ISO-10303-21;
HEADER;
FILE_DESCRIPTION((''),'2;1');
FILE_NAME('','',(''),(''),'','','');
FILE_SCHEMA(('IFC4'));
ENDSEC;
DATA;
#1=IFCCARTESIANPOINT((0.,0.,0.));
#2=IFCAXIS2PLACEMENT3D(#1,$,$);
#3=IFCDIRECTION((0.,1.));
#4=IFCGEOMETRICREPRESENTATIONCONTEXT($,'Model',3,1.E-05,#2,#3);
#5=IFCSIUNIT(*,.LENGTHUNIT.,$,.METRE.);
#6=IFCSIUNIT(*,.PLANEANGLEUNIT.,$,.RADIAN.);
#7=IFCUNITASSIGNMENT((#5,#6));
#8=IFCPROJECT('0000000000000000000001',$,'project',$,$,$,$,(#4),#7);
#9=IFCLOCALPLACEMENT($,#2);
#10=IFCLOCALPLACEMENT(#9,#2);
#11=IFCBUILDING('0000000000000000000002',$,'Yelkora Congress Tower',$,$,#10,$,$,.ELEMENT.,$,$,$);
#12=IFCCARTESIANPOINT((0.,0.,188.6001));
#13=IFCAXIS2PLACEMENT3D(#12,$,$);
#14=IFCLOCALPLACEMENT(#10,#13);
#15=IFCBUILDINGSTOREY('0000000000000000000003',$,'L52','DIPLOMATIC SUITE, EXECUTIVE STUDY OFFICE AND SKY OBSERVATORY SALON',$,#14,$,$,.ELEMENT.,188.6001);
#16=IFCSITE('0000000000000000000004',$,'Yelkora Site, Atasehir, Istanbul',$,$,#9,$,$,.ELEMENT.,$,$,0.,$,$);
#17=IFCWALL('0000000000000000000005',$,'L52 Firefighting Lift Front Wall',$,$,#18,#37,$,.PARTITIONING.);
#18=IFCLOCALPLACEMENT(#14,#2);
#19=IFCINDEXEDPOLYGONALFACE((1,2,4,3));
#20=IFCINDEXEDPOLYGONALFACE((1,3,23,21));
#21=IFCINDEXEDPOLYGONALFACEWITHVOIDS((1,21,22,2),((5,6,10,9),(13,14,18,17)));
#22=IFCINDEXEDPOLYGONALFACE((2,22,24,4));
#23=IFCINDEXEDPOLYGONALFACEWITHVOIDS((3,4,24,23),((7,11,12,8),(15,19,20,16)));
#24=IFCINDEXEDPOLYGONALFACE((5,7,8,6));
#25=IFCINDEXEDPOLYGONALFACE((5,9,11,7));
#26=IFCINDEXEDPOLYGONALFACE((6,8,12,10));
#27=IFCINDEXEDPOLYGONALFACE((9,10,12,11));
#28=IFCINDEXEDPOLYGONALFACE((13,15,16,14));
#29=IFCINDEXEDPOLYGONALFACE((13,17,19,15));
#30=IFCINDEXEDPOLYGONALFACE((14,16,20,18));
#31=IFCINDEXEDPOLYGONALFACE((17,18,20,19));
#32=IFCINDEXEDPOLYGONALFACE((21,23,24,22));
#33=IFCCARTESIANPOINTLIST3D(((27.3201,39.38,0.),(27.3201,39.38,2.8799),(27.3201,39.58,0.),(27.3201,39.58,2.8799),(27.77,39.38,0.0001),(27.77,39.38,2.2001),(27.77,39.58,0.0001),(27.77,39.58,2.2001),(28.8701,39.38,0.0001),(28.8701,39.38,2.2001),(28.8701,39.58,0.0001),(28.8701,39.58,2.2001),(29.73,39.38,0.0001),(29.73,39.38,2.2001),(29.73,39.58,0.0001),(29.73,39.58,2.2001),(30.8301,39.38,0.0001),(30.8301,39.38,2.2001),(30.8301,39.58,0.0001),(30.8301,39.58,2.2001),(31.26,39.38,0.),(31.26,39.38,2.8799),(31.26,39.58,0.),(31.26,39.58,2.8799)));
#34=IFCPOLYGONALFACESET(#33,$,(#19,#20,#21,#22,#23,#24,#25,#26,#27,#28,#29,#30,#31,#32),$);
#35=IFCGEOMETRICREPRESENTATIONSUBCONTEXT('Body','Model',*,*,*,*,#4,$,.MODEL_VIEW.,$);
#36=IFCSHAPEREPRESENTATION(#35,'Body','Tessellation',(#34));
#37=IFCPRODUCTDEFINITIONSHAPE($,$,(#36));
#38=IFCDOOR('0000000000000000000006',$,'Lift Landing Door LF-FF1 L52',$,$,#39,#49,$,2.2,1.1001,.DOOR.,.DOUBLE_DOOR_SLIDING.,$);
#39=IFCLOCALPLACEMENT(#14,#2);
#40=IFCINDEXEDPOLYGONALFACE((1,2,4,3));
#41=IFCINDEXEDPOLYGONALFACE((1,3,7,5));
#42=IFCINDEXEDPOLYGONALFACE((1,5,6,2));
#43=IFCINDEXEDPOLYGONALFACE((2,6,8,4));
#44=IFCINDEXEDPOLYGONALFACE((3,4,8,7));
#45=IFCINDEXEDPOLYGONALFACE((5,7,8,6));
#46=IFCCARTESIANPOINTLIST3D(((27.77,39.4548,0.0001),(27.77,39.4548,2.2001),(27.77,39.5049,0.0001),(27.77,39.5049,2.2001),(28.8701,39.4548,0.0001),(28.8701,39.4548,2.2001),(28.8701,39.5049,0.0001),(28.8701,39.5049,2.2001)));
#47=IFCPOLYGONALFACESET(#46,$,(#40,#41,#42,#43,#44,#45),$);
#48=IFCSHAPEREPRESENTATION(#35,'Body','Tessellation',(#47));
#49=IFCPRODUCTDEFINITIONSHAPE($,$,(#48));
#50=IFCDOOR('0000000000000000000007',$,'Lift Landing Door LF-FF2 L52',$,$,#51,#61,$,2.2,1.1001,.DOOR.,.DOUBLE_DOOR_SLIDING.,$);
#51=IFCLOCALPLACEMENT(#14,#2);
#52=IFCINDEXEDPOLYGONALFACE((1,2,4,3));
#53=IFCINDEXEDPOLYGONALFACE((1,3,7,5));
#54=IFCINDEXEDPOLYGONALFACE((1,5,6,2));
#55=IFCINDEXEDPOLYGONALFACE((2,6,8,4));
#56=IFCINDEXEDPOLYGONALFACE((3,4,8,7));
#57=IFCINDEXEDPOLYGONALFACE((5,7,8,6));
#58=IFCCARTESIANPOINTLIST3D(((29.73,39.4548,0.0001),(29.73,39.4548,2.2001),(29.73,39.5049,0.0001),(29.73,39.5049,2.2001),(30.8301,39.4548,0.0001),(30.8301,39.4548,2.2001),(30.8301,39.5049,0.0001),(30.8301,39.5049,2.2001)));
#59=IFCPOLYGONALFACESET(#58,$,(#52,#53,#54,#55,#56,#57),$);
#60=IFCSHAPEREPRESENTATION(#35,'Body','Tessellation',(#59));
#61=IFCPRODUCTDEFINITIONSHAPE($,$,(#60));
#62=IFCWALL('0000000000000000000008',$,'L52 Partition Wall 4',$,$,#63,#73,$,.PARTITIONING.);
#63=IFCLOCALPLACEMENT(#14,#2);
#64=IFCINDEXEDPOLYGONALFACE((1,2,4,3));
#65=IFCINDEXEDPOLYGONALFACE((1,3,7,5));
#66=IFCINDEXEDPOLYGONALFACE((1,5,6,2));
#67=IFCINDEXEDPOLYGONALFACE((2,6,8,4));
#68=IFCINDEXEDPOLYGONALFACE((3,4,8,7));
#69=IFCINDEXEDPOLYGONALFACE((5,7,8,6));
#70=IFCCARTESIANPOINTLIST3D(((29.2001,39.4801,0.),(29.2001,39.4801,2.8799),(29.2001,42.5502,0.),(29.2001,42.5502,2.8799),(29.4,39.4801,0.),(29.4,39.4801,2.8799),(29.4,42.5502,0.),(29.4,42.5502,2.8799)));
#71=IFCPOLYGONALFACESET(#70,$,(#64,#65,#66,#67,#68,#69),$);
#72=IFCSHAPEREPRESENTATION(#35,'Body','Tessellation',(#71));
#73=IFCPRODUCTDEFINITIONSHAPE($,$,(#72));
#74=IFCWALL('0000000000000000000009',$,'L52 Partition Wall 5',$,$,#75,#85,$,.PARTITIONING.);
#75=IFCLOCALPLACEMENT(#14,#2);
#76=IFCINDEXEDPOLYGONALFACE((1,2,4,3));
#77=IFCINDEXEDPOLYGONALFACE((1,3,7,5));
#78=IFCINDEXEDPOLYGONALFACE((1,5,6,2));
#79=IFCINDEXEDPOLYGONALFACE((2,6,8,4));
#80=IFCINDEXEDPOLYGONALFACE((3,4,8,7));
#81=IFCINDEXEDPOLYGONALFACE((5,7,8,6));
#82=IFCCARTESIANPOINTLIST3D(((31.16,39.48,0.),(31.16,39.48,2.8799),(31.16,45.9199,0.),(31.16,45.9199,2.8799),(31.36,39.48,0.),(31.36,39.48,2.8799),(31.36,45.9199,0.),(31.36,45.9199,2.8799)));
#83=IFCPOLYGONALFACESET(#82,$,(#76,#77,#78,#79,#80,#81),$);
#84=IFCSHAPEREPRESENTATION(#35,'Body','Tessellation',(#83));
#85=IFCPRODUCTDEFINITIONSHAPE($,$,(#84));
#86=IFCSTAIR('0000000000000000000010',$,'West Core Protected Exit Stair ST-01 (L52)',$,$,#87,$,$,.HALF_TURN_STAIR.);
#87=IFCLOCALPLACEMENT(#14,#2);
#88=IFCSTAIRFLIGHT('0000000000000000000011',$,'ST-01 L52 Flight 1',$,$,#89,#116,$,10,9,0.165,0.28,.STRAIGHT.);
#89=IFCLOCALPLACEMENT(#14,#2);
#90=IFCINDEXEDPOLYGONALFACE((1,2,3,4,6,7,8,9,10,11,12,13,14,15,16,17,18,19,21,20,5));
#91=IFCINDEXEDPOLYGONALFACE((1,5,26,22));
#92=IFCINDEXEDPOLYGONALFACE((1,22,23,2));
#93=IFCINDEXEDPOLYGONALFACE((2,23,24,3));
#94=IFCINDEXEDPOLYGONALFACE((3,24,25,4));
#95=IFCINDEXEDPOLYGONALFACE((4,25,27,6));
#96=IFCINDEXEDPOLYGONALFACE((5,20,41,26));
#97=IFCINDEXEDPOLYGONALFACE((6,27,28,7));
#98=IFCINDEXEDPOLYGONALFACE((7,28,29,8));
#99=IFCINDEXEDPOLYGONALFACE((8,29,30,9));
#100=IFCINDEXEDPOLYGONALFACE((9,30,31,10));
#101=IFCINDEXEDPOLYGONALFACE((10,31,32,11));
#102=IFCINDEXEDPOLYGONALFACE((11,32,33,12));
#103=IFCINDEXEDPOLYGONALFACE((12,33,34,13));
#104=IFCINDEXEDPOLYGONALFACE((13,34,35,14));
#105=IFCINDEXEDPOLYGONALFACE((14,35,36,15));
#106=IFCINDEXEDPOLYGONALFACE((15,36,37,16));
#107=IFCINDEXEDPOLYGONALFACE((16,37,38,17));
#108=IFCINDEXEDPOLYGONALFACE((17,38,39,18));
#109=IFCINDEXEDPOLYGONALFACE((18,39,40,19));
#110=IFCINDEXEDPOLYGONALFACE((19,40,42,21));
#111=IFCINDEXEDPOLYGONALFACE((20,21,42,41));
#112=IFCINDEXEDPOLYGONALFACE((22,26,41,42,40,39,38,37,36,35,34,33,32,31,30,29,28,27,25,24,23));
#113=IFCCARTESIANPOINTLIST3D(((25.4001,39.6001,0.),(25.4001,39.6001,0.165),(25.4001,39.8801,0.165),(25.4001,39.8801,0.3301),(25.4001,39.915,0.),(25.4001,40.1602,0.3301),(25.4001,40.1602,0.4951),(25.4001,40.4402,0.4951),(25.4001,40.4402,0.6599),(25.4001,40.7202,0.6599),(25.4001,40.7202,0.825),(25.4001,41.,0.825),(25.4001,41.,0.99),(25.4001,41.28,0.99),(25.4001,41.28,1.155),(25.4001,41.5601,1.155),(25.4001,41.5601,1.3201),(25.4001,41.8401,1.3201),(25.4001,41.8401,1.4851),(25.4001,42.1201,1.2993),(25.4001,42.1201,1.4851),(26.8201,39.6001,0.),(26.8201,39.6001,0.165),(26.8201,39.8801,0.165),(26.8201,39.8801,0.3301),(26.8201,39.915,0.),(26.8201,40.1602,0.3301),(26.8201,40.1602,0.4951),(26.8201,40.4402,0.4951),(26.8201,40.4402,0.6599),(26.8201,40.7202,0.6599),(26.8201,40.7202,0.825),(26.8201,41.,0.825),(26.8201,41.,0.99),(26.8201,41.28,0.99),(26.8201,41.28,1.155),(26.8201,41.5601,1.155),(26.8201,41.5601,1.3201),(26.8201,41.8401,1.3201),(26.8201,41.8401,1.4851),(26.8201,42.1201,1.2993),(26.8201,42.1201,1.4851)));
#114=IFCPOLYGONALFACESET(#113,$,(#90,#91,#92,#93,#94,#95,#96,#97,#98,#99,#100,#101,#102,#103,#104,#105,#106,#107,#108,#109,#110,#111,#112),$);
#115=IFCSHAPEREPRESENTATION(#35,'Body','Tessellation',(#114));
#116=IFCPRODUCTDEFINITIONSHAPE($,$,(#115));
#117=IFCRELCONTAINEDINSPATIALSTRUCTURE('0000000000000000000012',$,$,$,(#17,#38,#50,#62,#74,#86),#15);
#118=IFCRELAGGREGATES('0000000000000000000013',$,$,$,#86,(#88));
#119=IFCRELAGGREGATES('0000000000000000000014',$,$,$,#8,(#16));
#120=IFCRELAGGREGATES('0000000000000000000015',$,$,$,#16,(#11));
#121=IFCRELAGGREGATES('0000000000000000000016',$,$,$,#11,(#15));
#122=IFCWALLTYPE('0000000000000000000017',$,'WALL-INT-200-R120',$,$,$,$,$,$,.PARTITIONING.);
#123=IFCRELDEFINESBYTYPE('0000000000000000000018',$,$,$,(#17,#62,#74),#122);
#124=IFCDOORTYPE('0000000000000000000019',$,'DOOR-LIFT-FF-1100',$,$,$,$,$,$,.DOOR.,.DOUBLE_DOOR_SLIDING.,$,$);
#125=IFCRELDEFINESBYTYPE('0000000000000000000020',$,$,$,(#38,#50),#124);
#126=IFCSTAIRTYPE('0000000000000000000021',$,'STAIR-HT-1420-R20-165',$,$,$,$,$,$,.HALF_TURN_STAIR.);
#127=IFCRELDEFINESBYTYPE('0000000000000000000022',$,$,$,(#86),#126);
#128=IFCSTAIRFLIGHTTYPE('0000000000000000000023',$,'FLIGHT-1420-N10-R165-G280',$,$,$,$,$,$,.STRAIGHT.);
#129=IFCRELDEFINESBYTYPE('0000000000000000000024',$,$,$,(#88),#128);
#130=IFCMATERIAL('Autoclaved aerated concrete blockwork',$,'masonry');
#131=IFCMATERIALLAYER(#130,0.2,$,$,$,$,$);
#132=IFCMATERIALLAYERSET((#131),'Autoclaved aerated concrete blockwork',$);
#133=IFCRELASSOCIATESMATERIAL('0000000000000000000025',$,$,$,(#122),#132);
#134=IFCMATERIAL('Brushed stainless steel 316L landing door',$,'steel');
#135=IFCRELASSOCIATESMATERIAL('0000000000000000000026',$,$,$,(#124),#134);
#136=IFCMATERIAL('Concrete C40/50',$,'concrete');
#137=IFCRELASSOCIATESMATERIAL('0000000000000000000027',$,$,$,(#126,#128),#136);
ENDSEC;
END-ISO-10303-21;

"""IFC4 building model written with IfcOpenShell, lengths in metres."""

from ifc_helpers import new_model, si_unit, direction, frame, frame_2d, origin, place, context, subcontext, project, spatial, polyline, rectangle, outline, extrude, material, layer, layer_set, type_object, element, fill, aggregate, save


model = new_model("IFC4")

# Units and contexts
model_context = context("Model", 3, precision=1e-05, world=origin(), true_north=direction((0.0, 1.0)))
body_context = subcontext(model_context, "Body", "Model", "MODEL_VIEW")
ifc_project = project(units=[si_unit("LENGTHUNIT", "METRE"), si_unit("PLANEANGLEUNIT", "RADIAN")], contexts=[model_context])

# Site, building, storey
site_placement = place(None, origin())
site = spatial("IfcSite", under=ifc_project, at=site_placement, Name="Yelkora Site, Atasehir, Istanbul", CompositionType="ELEMENT", RefElevation=0.0)
building_placement = place(site_placement, origin())
building = spatial("IfcBuilding", under=site, at=building_placement, Name="Yelkora Congress Tower", CompositionType="ELEMENT")
storey_placement = place(building_placement, frame((0.0, 0.0, 188.6001)))
storey = spatial("IfcBuildingStorey", under=building, at=storey_placement, Name="L52", Description="DIPLOMATIC SUITE, EXECUTIVE STUDY OFFICE AND SKY OBSERVATORY SALON", CompositionType="ELEMENT", Elevation=188.6001)

# Shared definitions
ifc_material_1 = material(Name="Autoclaved aerated concrete blockwork", Category="masonry")
ifc_layer_1 = layer(ifc_material_1, 0.2)
ifc_layer_set_1 = layer_set([ifc_layer_1], Name="Autoclaved aerated concrete blockwork")
wall_type_1 = type_object("IfcWallType", Name="WALL-INT-200-R120", PredefinedType="PARTITIONING", material=ifc_layer_set_1)

# Wall, openings, doors
wall_1_placement = place(storey_placement, frame((27.3201, 39.48, 0.0), z_axis=(0.0, 0.0, 1.0), x_axis=(1.0, 0.0, 0.0)))
wall_1 = element("IfcWall", 1, at=wall_1_placement, inside=storey, type_object=wall_type_1, Name="L52 Firefighting Lift Front Wall", PredefinedType="PARTITIONING", context=body_context, shape_type="SweptSolid", body=[
    extrude(rectangle(XDim=3.9399, YDim=0.2, at=frame_2d((1.97, 0.0))), origin(), (0.0, 0.0, 1.0), 2.8799),
])
opening_1_placement = place(wall_1_placement, frame((0.45, 0.0, 0.0)))
opening_1 = element("IfcOpeningElement", 2, at=opening_1_placement, cuts=wall_1, PredefinedType="OPENING", context=body_context, shape_type="SweptSolid", body=[
    extrude(rectangle(XDim=1.1001, YDim=2.2, at=frame_2d((0.55, 1.1001))), frame((0.0, 0.1099, 0.0), z_axis=(0.0, -1.0, 0.0), x_axis=(1.0, 0.0, 0.0)), (0.0, 0.0, 1.0), 0.22),
])
opening_2_placement = place(wall_1_placement, frame((2.4099, 0.0, 0.0)))
opening_2 = element("IfcOpeningElement", 3, at=opening_2_placement, cuts=wall_1, PredefinedType="OPENING", context=body_context, shape_type="SweptSolid", body=[
    extrude(rectangle(XDim=1.1001, YDim=2.2, at=frame_2d((0.55, 1.1001))), frame((0.0, 0.1099, 0.0), z_axis=(0.0, -1.0, 0.0), x_axis=(1.0, 0.0, 0.0)), (0.0, 0.0, 1.0), 0.22),
])
ifc_material_2 = material(Name="Brushed stainless steel 316L landing door", Category="steel")
door_type_1 = type_object("IfcDoorType", Name="DOOR-LIFT-FF-1100", OperationType="DOUBLE_DOOR_SLIDING", PredefinedType="DOOR", material=ifc_material_2)
door_1_placement = place(opening_1_placement, origin())
door_1 = element("IfcDoor", 4, at=door_1_placement, inside=storey, type_object=door_type_1, Name="Lift Landing Door LF-FF1 L52", OperationType="DOUBLE_DOOR_SLIDING", OverallHeight=2.2, OverallWidth=1.1001, PredefinedType="DOOR", context=body_context, shape_type="SweptSolid", body=[
    extrude(rectangle(XDim=1.1001, YDim=2.2, at=frame_2d((0.55, 1.1001))), frame((0.0, 0.0249, 0.0), z_axis=(0.0, -1.0, 0.0), x_axis=(1.0, 0.0, 0.0)), (0.0, 0.0, 1.0), 0.05),
])
fill(opening_1, door_1)
door_2_placement = place(opening_2_placement, origin())
door_2 = element("IfcDoor", 5, at=door_2_placement, inside=storey, type_object=door_type_1, Name="Lift Landing Door LF-FF2 L52", OperationType="DOUBLE_DOOR_SLIDING", OverallHeight=2.2, OverallWidth=1.1001, PredefinedType="DOOR", context=body_context, shape_type="SweptSolid", body=[
    extrude(rectangle(XDim=1.1001, YDim=2.2, at=frame_2d((0.55, 1.1001))), frame((0.0, 0.0249, 0.0), z_axis=(0.0, -1.0, 0.0), x_axis=(1.0, 0.0, 0.0)), (0.0, 0.0, 1.0), 0.05),
])
fill(opening_2, door_2)

# Walls
wall_2_placement = place(storey_placement, frame((29.3, 39.48, 0.0), z_axis=(0.0, 0.0, 1.0), x_axis=(0.0, 1.0, 0.0)))
element("IfcWall", 6, at=wall_2_placement, inside=storey, type_object=wall_type_1, Name="L52 Partition Wall 4", PredefinedType="PARTITIONING", context=body_context, shape_type="SweptSolid", body=[
    extrude(rectangle(XDim=3.0701, YDim=0.2, at=frame_2d((1.5352, 0.0))), origin(), (0.0, 0.0, 1.0), 2.8799),
])
wall_3_placement = place(storey_placement, frame((31.26, 39.48, 0.0), z_axis=(0.0, 0.0, 1.0), x_axis=(0.0, 1.0, 0.0)))
element("IfcWall", 7, at=wall_3_placement, inside=storey, type_object=wall_type_1, Name="L52 Partition Wall 5", PredefinedType="PARTITIONING", context=body_context, shape_type="SweptSolid", body=[
    extrude(rectangle(XDim=6.4399, YDim=0.2, at=frame_2d((3.22, 0.0))), origin(), (0.0, 0.0, 1.0), 2.8799),
])

# Stair, stair flight
ifc_material_3 = material(Name="Concrete C40/50", Category="concrete")
stair_type = type_object("IfcStairType", Name="STAIR-HT-1420-R20-165", PredefinedType="HALF_TURN_STAIR", material=ifc_material_3)
stair_placement = place(storey_placement, origin())
stair = element("IfcStair", 8, at=stair_placement, inside=storey, type_object=stair_type, Name="West Core Protected Exit Stair ST-01 (L52)", PredefinedType="HALF_TURN_STAIR")
stair_flight_type = type_object("IfcStairFlightType", Name="FLIGHT-1420-N10-R165-G280", PredefinedType="STRAIGHT", material=ifc_material_3)
stair_flight_placement = place(storey_placement, frame((26.1101, 39.6001, 0.0), z_axis=(0.0, 0.0, 1.0), x_axis=(0.0, 1.0, 0.0)))
stair_flight = element("IfcStairFlight", 9, at=stair_flight_placement, type_object=stair_flight_type, Name="ST-01 L52 Flight 1", NumberOfRisers=10, NumberOfTreads=9, PredefinedType="STRAIGHT", RiserHeight=0.165, TreadLength=0.28, context=body_context, shape_type="SweptSolid", body=[
    extrude(outline(polyline([(0.0, 0.0), (0.0, 0.165), (0.28, 0.165), (0.28, 0.3301), (0.5601, 0.3301), (0.5601, 0.4951), (0.8401, 0.4951), (0.8401, 0.6599), (1.1201, 0.6599), (1.1201, 0.825), (1.3999, 0.825), (1.3999, 0.99), (1.6799, 0.99), (1.6799, 1.155), (1.96, 1.155), (1.96, 1.3201), (2.24, 1.3201), (2.24, 1.4851), (2.52, 1.4851), (2.52, 1.6499), (2.52, 1.2993), (0.3149, 0.0), (0.0, 0.0)])), frame((0.0, 0.71, 0.0), z_axis=(0.0, -1.0, 0.0), x_axis=(1.0, 0.0, 0.0)), (0.0, 0.0, 1.0), 1.4199),
])
aggregate(stair, [stair_flight])

save(model, "model.ifc")
